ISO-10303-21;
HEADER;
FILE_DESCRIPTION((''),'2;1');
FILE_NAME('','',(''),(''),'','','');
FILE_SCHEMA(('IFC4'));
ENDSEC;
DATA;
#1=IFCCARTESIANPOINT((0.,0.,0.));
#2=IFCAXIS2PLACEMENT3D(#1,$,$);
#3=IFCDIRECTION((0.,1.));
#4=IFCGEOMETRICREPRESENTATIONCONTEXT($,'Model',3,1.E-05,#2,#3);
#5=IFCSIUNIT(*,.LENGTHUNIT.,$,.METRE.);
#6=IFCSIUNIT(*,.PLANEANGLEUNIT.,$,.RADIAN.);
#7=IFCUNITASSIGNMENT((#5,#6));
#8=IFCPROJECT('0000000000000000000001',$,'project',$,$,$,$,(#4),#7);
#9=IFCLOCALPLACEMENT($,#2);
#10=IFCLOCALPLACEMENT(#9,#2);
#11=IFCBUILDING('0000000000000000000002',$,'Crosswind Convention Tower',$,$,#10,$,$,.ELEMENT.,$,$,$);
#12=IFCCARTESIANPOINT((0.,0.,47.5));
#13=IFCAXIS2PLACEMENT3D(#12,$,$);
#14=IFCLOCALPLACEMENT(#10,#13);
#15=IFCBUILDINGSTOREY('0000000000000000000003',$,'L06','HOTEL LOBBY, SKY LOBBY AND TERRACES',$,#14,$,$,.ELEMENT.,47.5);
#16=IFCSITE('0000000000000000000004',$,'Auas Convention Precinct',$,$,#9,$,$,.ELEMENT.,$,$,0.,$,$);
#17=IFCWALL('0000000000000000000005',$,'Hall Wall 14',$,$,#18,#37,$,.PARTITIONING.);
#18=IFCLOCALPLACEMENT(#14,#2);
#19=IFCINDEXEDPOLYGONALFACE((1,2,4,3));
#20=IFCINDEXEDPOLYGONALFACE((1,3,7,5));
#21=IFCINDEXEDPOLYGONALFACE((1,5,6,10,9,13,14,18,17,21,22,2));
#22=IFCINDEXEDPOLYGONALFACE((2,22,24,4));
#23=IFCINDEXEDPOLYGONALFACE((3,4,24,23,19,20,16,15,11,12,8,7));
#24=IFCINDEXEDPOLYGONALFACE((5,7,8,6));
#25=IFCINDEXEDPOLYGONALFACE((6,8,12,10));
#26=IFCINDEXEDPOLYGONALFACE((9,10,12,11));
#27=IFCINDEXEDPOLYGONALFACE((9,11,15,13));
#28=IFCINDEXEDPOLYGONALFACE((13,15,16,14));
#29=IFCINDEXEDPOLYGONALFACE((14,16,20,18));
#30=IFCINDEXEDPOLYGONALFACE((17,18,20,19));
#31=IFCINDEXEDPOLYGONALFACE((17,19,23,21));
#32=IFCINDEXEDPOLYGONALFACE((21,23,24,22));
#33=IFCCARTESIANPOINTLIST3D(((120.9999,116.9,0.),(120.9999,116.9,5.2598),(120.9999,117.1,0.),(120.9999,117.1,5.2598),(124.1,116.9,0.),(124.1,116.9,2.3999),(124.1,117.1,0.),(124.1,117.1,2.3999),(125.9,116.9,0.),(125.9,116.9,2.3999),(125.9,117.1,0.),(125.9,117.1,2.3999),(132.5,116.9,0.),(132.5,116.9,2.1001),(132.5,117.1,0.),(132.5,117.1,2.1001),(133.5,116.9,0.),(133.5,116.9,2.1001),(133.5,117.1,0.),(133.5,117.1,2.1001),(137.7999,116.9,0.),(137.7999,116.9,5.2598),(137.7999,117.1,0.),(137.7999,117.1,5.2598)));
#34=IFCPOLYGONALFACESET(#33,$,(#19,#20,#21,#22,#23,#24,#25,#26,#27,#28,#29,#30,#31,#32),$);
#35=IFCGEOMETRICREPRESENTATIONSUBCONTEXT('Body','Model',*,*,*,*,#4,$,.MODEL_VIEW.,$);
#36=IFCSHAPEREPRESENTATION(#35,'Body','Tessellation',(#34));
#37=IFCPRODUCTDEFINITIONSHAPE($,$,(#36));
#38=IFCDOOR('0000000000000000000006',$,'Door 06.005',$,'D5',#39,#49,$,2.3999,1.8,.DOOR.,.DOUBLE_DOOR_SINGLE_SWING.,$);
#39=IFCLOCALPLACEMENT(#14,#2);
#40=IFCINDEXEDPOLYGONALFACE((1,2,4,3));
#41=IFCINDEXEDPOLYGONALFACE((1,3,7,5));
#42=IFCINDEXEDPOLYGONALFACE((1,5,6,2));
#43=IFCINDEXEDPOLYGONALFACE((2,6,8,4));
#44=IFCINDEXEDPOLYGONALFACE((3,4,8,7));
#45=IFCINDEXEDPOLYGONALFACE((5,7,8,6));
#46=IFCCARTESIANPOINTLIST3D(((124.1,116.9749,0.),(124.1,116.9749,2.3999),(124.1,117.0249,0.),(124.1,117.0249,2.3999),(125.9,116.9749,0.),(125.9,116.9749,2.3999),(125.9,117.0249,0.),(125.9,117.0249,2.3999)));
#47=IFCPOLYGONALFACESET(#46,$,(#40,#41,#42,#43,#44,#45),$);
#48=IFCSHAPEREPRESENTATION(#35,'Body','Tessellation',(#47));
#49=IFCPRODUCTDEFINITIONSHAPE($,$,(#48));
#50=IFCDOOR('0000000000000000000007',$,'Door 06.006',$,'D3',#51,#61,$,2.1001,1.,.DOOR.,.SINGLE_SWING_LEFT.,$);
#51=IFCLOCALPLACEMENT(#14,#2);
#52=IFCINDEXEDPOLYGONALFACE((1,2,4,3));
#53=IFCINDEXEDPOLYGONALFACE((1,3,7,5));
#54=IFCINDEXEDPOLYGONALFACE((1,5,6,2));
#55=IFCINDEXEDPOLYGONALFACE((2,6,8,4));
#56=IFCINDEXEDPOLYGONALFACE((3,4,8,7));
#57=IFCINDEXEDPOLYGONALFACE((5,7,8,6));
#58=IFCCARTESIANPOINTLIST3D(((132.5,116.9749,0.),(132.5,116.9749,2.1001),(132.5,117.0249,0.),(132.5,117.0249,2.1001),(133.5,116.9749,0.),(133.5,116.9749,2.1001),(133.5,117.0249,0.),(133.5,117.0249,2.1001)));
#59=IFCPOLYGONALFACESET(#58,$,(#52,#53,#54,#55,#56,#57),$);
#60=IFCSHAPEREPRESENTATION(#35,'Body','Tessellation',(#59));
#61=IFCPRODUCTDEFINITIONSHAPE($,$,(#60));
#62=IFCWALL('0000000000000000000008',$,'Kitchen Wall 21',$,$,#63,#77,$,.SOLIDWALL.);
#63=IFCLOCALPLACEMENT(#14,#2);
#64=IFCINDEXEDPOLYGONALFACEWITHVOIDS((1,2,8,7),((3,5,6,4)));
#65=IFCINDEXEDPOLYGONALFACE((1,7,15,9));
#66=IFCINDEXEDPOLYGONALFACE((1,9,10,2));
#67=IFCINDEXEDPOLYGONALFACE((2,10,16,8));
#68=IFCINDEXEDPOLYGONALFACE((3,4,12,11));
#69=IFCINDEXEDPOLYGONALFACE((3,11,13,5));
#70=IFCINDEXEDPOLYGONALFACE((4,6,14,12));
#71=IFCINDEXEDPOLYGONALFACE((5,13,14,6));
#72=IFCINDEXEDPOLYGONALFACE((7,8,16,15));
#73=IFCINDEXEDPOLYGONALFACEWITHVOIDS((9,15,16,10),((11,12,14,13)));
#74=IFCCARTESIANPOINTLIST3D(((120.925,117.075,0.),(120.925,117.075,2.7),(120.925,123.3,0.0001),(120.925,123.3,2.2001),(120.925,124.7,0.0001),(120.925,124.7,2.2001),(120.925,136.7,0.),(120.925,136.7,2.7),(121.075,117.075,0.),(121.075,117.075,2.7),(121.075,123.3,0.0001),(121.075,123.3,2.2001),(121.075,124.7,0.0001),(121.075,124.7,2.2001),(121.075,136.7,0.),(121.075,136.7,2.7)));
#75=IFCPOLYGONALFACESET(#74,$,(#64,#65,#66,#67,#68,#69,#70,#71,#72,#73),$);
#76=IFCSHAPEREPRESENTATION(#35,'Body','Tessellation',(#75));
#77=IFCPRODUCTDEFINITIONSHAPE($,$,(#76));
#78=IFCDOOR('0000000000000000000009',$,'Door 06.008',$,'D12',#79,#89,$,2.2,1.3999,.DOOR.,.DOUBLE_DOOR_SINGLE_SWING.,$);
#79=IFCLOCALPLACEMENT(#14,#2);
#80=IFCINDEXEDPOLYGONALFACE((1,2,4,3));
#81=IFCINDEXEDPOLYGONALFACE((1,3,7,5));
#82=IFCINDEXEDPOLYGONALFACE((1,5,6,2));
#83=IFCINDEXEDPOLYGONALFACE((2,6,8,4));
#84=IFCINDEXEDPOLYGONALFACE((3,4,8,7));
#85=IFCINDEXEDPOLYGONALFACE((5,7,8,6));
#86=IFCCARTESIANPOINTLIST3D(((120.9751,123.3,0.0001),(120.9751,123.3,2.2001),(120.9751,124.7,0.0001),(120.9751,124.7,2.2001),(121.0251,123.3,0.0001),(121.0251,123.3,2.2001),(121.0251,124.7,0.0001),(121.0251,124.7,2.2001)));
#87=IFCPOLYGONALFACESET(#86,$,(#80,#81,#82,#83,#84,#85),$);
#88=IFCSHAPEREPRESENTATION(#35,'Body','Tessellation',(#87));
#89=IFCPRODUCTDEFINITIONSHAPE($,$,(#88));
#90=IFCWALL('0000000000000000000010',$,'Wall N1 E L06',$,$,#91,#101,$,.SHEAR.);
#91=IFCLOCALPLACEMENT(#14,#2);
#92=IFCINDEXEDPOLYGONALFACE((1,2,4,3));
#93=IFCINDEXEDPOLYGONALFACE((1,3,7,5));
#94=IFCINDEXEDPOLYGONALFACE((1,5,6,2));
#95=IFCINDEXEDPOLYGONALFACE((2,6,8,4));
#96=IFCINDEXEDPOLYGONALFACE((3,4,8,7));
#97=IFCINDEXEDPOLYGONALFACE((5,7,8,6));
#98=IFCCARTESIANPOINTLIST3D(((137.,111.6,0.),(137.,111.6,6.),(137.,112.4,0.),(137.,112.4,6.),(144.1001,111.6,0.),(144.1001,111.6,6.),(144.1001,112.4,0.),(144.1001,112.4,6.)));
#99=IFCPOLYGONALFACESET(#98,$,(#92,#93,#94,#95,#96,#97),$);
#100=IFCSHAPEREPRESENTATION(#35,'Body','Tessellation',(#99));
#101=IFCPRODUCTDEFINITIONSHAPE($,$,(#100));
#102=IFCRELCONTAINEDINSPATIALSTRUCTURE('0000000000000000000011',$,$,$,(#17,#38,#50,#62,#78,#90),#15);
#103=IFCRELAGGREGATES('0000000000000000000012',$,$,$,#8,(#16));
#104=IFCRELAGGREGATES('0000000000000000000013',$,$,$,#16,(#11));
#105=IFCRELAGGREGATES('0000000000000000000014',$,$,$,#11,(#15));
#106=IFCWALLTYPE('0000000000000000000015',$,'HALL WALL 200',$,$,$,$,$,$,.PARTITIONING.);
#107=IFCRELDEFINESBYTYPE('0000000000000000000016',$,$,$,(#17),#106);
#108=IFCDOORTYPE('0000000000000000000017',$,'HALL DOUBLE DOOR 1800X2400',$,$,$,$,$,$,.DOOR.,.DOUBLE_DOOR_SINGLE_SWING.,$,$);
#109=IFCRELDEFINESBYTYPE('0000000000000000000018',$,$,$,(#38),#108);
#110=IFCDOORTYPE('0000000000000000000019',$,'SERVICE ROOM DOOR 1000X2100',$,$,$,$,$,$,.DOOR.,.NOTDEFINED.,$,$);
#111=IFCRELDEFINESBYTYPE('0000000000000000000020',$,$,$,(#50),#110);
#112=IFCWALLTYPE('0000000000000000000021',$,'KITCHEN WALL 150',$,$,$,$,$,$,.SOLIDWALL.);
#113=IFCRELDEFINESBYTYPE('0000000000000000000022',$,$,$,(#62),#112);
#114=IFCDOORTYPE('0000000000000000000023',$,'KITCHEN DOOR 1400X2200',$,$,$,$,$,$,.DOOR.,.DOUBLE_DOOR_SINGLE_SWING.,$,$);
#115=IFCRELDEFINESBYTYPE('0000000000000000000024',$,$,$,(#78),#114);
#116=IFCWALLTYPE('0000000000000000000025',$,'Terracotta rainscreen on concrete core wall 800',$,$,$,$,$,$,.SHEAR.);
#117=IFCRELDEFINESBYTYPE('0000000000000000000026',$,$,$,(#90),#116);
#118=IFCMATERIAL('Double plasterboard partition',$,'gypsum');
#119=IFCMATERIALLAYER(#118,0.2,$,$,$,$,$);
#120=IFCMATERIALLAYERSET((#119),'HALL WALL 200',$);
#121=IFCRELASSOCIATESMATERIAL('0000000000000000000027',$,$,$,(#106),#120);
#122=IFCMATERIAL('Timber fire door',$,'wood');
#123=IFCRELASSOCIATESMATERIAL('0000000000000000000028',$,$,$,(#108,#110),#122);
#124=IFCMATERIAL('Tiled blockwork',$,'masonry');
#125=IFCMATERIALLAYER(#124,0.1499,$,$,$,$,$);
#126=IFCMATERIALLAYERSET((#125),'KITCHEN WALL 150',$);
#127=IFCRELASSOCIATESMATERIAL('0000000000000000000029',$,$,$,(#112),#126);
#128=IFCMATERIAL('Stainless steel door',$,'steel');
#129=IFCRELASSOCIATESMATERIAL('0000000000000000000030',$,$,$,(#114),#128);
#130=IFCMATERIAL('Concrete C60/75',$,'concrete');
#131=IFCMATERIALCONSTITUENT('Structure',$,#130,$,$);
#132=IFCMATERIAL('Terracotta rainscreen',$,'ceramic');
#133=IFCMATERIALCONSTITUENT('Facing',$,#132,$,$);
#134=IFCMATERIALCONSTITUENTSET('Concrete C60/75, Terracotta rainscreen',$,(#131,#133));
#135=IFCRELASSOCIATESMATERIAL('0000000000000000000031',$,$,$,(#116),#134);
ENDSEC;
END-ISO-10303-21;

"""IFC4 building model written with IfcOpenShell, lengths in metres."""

from ifc_helpers import new_model, si_unit, direction, frame, frame_2d, origin, place, context, subcontext, project, spatial, rectangle, extrude, material, layer, layer_set, constituent, constituent_set, type_object, element, fill, save


model = new_model("IFC4")

# Units and contexts
model_context = context("Model", 3, precision=1e-05, world=origin(), true_north=direction((0.0, 1.0)))
body_context = subcontext(model_context, "Body", "Model", "MODEL_VIEW")
ifc_project = project(units=[si_unit("LENGTHUNIT", "METRE"), si_unit("PLANEANGLEUNIT", "RADIAN")], contexts=[model_context])

# Site, building, storey
site_placement = place(None, origin())
site = spatial("IfcSite", under=ifc_project, at=site_placement, Name="Auas Convention Precinct", CompositionType="ELEMENT", RefElevation=0.0)
building_placement = place(site_placement, origin())
building = spatial("IfcBuilding", under=site, at=building_placement, Name="Crosswind Convention Tower", CompositionType="ELEMENT")
storey_placement = place(building_placement, frame((0.0, 0.0, 47.5)))
storey = spatial("IfcBuildingStorey", under=building, at=storey_placement, Name="L06", Description="HOTEL LOBBY, SKY LOBBY AND TERRACES", CompositionType="ELEMENT", Elevation=47.5)

# Shared definitions
ifc_material_1 = material(Name="Double plasterboard partition", Category="gypsum")
ifc_layer_1 = layer(ifc_material_1, 0.2)
ifc_layer_set_1 = layer_set([ifc_layer_1], Name="HALL WALL 200")
wall_type_1 = type_object("IfcWallType", Name="HALL WALL 200", PredefinedType="PARTITIONING", material=ifc_layer_set_1)
ifc_material_2 = material(Name="Timber fire door", Category="wood")
door_type_1 = type_object("IfcDoorType", Name="HALL DOUBLE DOOR 1800X2400", OperationType="DOUBLE_DOOR_SINGLE_SWING", PredefinedType="DOOR", material=ifc_material_2)

# Wall, openings, doors
wall_1_placement = place(storey_placement, frame((121.0, 117.0, 0.0), z_axis=(0.0, 0.0, 1.0), x_axis=(1.0, 0.0, 0.0)))
wall_1 = element("IfcWall", 1, at=wall_1_placement, inside=storey, type_object=wall_type_1, Name="Hall Wall 14", PredefinedType="PARTITIONING", context=body_context, shape_type="SweptSolid", body=[
    extrude(rectangle(XDim=16.8, YDim=0.2, at=frame_2d((8.3999, 0.0))), origin(), (0.0, 0.0, 1.0), 5.2598),
])
opening_1_placement = place(wall_1_placement, frame((3.1001, 0.0, 0.0)))
opening_1 = element("IfcOpeningElement", 2, at=opening_1_placement, cuts=wall_1, PredefinedType="OPENING", context=body_context, shape_type="SweptSolid", body=[
    extrude(rectangle(XDim=1.8, YDim=2.3999, at=frame_2d((0.8999, 1.2))), frame((0.0, 0.1099, 0.0), z_axis=(0.0, -1.0, 0.0), x_axis=(1.0, 0.0, 0.0)), (0.0, 0.0, 1.0), 0.22),
])
opening_2_placement = place(wall_1_placement, frame((11.5, 0.0, 0.0)))
opening_2 = element("IfcOpeningElement", 3, at=opening_2_placement, cuts=wall_1, PredefinedType="OPENING", context=body_context, shape_type="SweptSolid", body=[
    extrude(rectangle(XDim=1.0, YDim=2.1001, at=frame_2d((0.5, 1.05))), frame((0.0, 0.1099, 0.0), z_axis=(0.0, -1.0, 0.0), x_axis=(1.0, 0.0, 0.0)), (0.0, 0.0, 1.0), 0.22),
])
door_1_placement = place(opening_1_placement, origin())
door_1 = element("IfcDoor", 4, at=door_1_placement, inside=storey, type_object=door_type_1, Name="Door 06.005", ObjectType="D5", OperationType="DOUBLE_DOOR_SINGLE_SWING", OverallHeight=2.3999, OverallWidth=1.8, PredefinedType="DOOR", context=body_context, shape_type="SweptSolid", body=[
    extrude(rectangle(XDim=1.8, YDim=2.3999, at=frame_2d((0.8999, 1.2))), frame((0.0, 0.0249, 0.0), z_axis=(0.0, -1.0, 0.0), x_axis=(1.0, 0.0, 0.0)), (0.0, 0.0, 1.0), 0.05),
])
fill(opening_1, door_1)
door_type_2 = type_object("IfcDoorType", Name="SERVICE ROOM DOOR 1000X2100", OperationType="NOTDEFINED", PredefinedType="DOOR", material=ifc_material_2)
door_2_placement = place(opening_2_placement, origin())
door_2 = element("IfcDoor", 5, at=door_2_placement, inside=storey, type_object=door_type_2, Name="Door 06.006", ObjectType="D3", OperationType="SINGLE_SWING_LEFT", OverallHeight=2.1001, OverallWidth=1.0, PredefinedType="DOOR", context=body_context, shape_type="SweptSolid", body=[
    extrude(rectangle(XDim=1.0, YDim=2.1001, at=frame_2d((0.5, 1.05))), frame((0.0, 0.0249, 0.0), z_axis=(0.0, -1.0, 0.0), x_axis=(1.0, 0.0, 0.0)), (0.0, 0.0, 1.0), 0.05),
])
fill(opening_2, door_2)

# Wall, opening, door
ifc_material_3 = material(Name="Tiled blockwork", Category="masonry")
ifc_layer_2 = layer(ifc_material_3, 0.1499)
ifc_layer_set_2 = layer_set([ifc_layer_2], Name="KITCHEN WALL 150")
wall_type_2 = type_object("IfcWallType", Name="KITCHEN WALL 150", PredefinedType="SOLIDWALL", material=ifc_layer_set_2)
wall_2_placement = place(storey_placement, frame((121.0, 117.075, 0.0), z_axis=(0.0, 0.0, 1.0), x_axis=(0.0, 1.0, 0.0)))
wall_2 = element("IfcWall", 6, at=wall_2_placement, inside=storey, type_object=wall_type_2, Name="Kitchen Wall 21", PredefinedType="SOLIDWALL", context=body_context, shape_type="SweptSolid", body=[
    extrude(rectangle(XDim=19.625, YDim=0.1499, at=frame_2d((9.8125, 0.0))), origin(), (0.0, 0.0, 1.0), 2.7),
])
opening_3_placement = place(wall_2_placement, frame((6.2251, 0.0, 0.0)))
opening_3 = element("IfcOpeningElement", 7, at=opening_3_placement, cuts=wall_2, PredefinedType="OPENING", context=body_context, shape_type="SweptSolid", body=[
    extrude(rectangle(XDim=1.3999, YDim=2.2, at=frame_2d((0.7, 1.1001))), frame((0.0, 0.085, 0.0), z_axis=(0.0, -1.0, 0.0), x_axis=(1.0, 0.0, 0.0)), (0.0, 0.0, 1.0), 0.1699),
])
ifc_material_4 = material(Name="Stainless steel door", Category="steel")
door_type_3 = type_object("IfcDoorType", Name="KITCHEN DOOR 1400X2200", OperationType="DOUBLE_DOOR_SINGLE_SWING", PredefinedType="DOOR", material=ifc_material_4)
door_3_placement = place(opening_3_placement, origin())
door_3 = element("IfcDoor", 8, at=door_3_placement, inside=storey, type_object=door_type_3, Name="Door 06.008", ObjectType="D12", OperationType="DOUBLE_DOOR_SINGLE_SWING", OverallHeight=2.2, OverallWidth=1.3999, PredefinedType="DOOR", context=body_context, shape_type="SweptSolid", body=[
    extrude(rectangle(XDim=1.3999, YDim=2.2, at=frame_2d((0.7, 1.1001))), frame((0.0, 0.0249, 0.0), z_axis=(0.0, -1.0, 0.0), x_axis=(1.0, 0.0, 0.0)), (0.0, 0.0, 1.0), 0.05),
])
fill(opening_3, door_3)

# Wall
ifc_material_5 = material(Name="Concrete C60/75", Category="concrete")
ifc_constituent_1 = constituent(ifc_material_5, Name="Structure")
ifc_material_6 = material(Name="Terracotta rainscreen", Category="ceramic")
ifc_constituent_2 = constituent(ifc_material_6, Name="Facing")
ifc_constituent_set = constituent_set(constituents=[ifc_constituent_1, ifc_constituent_2], Name="Concrete C60/75, Terracotta rainscreen")
wall_type_3 = type_object("IfcWallType", Name="Terracotta rainscreen on concrete core wall 800", PredefinedType="SHEAR", material=ifc_constituent_set)
wall_3_placement = place(storey_placement, frame((137.0, 112.0, 0.0), z_axis=(0.0, 0.0, 1.0), x_axis=(1.0, 0.0, 0.0)))
element("IfcWall", 9, at=wall_3_placement, inside=storey, type_object=wall_type_3, Name="Wall N1 E L06", PredefinedType="SHEAR", context=body_context, shape_type="SweptSolid", body=[
    extrude(rectangle(XDim=7.1001, YDim=0.8, at=frame_2d((3.55, 0.0))), origin(), (0.0, 0.0, 1.0), 6.0),
])

save(model, "model.ifc")
